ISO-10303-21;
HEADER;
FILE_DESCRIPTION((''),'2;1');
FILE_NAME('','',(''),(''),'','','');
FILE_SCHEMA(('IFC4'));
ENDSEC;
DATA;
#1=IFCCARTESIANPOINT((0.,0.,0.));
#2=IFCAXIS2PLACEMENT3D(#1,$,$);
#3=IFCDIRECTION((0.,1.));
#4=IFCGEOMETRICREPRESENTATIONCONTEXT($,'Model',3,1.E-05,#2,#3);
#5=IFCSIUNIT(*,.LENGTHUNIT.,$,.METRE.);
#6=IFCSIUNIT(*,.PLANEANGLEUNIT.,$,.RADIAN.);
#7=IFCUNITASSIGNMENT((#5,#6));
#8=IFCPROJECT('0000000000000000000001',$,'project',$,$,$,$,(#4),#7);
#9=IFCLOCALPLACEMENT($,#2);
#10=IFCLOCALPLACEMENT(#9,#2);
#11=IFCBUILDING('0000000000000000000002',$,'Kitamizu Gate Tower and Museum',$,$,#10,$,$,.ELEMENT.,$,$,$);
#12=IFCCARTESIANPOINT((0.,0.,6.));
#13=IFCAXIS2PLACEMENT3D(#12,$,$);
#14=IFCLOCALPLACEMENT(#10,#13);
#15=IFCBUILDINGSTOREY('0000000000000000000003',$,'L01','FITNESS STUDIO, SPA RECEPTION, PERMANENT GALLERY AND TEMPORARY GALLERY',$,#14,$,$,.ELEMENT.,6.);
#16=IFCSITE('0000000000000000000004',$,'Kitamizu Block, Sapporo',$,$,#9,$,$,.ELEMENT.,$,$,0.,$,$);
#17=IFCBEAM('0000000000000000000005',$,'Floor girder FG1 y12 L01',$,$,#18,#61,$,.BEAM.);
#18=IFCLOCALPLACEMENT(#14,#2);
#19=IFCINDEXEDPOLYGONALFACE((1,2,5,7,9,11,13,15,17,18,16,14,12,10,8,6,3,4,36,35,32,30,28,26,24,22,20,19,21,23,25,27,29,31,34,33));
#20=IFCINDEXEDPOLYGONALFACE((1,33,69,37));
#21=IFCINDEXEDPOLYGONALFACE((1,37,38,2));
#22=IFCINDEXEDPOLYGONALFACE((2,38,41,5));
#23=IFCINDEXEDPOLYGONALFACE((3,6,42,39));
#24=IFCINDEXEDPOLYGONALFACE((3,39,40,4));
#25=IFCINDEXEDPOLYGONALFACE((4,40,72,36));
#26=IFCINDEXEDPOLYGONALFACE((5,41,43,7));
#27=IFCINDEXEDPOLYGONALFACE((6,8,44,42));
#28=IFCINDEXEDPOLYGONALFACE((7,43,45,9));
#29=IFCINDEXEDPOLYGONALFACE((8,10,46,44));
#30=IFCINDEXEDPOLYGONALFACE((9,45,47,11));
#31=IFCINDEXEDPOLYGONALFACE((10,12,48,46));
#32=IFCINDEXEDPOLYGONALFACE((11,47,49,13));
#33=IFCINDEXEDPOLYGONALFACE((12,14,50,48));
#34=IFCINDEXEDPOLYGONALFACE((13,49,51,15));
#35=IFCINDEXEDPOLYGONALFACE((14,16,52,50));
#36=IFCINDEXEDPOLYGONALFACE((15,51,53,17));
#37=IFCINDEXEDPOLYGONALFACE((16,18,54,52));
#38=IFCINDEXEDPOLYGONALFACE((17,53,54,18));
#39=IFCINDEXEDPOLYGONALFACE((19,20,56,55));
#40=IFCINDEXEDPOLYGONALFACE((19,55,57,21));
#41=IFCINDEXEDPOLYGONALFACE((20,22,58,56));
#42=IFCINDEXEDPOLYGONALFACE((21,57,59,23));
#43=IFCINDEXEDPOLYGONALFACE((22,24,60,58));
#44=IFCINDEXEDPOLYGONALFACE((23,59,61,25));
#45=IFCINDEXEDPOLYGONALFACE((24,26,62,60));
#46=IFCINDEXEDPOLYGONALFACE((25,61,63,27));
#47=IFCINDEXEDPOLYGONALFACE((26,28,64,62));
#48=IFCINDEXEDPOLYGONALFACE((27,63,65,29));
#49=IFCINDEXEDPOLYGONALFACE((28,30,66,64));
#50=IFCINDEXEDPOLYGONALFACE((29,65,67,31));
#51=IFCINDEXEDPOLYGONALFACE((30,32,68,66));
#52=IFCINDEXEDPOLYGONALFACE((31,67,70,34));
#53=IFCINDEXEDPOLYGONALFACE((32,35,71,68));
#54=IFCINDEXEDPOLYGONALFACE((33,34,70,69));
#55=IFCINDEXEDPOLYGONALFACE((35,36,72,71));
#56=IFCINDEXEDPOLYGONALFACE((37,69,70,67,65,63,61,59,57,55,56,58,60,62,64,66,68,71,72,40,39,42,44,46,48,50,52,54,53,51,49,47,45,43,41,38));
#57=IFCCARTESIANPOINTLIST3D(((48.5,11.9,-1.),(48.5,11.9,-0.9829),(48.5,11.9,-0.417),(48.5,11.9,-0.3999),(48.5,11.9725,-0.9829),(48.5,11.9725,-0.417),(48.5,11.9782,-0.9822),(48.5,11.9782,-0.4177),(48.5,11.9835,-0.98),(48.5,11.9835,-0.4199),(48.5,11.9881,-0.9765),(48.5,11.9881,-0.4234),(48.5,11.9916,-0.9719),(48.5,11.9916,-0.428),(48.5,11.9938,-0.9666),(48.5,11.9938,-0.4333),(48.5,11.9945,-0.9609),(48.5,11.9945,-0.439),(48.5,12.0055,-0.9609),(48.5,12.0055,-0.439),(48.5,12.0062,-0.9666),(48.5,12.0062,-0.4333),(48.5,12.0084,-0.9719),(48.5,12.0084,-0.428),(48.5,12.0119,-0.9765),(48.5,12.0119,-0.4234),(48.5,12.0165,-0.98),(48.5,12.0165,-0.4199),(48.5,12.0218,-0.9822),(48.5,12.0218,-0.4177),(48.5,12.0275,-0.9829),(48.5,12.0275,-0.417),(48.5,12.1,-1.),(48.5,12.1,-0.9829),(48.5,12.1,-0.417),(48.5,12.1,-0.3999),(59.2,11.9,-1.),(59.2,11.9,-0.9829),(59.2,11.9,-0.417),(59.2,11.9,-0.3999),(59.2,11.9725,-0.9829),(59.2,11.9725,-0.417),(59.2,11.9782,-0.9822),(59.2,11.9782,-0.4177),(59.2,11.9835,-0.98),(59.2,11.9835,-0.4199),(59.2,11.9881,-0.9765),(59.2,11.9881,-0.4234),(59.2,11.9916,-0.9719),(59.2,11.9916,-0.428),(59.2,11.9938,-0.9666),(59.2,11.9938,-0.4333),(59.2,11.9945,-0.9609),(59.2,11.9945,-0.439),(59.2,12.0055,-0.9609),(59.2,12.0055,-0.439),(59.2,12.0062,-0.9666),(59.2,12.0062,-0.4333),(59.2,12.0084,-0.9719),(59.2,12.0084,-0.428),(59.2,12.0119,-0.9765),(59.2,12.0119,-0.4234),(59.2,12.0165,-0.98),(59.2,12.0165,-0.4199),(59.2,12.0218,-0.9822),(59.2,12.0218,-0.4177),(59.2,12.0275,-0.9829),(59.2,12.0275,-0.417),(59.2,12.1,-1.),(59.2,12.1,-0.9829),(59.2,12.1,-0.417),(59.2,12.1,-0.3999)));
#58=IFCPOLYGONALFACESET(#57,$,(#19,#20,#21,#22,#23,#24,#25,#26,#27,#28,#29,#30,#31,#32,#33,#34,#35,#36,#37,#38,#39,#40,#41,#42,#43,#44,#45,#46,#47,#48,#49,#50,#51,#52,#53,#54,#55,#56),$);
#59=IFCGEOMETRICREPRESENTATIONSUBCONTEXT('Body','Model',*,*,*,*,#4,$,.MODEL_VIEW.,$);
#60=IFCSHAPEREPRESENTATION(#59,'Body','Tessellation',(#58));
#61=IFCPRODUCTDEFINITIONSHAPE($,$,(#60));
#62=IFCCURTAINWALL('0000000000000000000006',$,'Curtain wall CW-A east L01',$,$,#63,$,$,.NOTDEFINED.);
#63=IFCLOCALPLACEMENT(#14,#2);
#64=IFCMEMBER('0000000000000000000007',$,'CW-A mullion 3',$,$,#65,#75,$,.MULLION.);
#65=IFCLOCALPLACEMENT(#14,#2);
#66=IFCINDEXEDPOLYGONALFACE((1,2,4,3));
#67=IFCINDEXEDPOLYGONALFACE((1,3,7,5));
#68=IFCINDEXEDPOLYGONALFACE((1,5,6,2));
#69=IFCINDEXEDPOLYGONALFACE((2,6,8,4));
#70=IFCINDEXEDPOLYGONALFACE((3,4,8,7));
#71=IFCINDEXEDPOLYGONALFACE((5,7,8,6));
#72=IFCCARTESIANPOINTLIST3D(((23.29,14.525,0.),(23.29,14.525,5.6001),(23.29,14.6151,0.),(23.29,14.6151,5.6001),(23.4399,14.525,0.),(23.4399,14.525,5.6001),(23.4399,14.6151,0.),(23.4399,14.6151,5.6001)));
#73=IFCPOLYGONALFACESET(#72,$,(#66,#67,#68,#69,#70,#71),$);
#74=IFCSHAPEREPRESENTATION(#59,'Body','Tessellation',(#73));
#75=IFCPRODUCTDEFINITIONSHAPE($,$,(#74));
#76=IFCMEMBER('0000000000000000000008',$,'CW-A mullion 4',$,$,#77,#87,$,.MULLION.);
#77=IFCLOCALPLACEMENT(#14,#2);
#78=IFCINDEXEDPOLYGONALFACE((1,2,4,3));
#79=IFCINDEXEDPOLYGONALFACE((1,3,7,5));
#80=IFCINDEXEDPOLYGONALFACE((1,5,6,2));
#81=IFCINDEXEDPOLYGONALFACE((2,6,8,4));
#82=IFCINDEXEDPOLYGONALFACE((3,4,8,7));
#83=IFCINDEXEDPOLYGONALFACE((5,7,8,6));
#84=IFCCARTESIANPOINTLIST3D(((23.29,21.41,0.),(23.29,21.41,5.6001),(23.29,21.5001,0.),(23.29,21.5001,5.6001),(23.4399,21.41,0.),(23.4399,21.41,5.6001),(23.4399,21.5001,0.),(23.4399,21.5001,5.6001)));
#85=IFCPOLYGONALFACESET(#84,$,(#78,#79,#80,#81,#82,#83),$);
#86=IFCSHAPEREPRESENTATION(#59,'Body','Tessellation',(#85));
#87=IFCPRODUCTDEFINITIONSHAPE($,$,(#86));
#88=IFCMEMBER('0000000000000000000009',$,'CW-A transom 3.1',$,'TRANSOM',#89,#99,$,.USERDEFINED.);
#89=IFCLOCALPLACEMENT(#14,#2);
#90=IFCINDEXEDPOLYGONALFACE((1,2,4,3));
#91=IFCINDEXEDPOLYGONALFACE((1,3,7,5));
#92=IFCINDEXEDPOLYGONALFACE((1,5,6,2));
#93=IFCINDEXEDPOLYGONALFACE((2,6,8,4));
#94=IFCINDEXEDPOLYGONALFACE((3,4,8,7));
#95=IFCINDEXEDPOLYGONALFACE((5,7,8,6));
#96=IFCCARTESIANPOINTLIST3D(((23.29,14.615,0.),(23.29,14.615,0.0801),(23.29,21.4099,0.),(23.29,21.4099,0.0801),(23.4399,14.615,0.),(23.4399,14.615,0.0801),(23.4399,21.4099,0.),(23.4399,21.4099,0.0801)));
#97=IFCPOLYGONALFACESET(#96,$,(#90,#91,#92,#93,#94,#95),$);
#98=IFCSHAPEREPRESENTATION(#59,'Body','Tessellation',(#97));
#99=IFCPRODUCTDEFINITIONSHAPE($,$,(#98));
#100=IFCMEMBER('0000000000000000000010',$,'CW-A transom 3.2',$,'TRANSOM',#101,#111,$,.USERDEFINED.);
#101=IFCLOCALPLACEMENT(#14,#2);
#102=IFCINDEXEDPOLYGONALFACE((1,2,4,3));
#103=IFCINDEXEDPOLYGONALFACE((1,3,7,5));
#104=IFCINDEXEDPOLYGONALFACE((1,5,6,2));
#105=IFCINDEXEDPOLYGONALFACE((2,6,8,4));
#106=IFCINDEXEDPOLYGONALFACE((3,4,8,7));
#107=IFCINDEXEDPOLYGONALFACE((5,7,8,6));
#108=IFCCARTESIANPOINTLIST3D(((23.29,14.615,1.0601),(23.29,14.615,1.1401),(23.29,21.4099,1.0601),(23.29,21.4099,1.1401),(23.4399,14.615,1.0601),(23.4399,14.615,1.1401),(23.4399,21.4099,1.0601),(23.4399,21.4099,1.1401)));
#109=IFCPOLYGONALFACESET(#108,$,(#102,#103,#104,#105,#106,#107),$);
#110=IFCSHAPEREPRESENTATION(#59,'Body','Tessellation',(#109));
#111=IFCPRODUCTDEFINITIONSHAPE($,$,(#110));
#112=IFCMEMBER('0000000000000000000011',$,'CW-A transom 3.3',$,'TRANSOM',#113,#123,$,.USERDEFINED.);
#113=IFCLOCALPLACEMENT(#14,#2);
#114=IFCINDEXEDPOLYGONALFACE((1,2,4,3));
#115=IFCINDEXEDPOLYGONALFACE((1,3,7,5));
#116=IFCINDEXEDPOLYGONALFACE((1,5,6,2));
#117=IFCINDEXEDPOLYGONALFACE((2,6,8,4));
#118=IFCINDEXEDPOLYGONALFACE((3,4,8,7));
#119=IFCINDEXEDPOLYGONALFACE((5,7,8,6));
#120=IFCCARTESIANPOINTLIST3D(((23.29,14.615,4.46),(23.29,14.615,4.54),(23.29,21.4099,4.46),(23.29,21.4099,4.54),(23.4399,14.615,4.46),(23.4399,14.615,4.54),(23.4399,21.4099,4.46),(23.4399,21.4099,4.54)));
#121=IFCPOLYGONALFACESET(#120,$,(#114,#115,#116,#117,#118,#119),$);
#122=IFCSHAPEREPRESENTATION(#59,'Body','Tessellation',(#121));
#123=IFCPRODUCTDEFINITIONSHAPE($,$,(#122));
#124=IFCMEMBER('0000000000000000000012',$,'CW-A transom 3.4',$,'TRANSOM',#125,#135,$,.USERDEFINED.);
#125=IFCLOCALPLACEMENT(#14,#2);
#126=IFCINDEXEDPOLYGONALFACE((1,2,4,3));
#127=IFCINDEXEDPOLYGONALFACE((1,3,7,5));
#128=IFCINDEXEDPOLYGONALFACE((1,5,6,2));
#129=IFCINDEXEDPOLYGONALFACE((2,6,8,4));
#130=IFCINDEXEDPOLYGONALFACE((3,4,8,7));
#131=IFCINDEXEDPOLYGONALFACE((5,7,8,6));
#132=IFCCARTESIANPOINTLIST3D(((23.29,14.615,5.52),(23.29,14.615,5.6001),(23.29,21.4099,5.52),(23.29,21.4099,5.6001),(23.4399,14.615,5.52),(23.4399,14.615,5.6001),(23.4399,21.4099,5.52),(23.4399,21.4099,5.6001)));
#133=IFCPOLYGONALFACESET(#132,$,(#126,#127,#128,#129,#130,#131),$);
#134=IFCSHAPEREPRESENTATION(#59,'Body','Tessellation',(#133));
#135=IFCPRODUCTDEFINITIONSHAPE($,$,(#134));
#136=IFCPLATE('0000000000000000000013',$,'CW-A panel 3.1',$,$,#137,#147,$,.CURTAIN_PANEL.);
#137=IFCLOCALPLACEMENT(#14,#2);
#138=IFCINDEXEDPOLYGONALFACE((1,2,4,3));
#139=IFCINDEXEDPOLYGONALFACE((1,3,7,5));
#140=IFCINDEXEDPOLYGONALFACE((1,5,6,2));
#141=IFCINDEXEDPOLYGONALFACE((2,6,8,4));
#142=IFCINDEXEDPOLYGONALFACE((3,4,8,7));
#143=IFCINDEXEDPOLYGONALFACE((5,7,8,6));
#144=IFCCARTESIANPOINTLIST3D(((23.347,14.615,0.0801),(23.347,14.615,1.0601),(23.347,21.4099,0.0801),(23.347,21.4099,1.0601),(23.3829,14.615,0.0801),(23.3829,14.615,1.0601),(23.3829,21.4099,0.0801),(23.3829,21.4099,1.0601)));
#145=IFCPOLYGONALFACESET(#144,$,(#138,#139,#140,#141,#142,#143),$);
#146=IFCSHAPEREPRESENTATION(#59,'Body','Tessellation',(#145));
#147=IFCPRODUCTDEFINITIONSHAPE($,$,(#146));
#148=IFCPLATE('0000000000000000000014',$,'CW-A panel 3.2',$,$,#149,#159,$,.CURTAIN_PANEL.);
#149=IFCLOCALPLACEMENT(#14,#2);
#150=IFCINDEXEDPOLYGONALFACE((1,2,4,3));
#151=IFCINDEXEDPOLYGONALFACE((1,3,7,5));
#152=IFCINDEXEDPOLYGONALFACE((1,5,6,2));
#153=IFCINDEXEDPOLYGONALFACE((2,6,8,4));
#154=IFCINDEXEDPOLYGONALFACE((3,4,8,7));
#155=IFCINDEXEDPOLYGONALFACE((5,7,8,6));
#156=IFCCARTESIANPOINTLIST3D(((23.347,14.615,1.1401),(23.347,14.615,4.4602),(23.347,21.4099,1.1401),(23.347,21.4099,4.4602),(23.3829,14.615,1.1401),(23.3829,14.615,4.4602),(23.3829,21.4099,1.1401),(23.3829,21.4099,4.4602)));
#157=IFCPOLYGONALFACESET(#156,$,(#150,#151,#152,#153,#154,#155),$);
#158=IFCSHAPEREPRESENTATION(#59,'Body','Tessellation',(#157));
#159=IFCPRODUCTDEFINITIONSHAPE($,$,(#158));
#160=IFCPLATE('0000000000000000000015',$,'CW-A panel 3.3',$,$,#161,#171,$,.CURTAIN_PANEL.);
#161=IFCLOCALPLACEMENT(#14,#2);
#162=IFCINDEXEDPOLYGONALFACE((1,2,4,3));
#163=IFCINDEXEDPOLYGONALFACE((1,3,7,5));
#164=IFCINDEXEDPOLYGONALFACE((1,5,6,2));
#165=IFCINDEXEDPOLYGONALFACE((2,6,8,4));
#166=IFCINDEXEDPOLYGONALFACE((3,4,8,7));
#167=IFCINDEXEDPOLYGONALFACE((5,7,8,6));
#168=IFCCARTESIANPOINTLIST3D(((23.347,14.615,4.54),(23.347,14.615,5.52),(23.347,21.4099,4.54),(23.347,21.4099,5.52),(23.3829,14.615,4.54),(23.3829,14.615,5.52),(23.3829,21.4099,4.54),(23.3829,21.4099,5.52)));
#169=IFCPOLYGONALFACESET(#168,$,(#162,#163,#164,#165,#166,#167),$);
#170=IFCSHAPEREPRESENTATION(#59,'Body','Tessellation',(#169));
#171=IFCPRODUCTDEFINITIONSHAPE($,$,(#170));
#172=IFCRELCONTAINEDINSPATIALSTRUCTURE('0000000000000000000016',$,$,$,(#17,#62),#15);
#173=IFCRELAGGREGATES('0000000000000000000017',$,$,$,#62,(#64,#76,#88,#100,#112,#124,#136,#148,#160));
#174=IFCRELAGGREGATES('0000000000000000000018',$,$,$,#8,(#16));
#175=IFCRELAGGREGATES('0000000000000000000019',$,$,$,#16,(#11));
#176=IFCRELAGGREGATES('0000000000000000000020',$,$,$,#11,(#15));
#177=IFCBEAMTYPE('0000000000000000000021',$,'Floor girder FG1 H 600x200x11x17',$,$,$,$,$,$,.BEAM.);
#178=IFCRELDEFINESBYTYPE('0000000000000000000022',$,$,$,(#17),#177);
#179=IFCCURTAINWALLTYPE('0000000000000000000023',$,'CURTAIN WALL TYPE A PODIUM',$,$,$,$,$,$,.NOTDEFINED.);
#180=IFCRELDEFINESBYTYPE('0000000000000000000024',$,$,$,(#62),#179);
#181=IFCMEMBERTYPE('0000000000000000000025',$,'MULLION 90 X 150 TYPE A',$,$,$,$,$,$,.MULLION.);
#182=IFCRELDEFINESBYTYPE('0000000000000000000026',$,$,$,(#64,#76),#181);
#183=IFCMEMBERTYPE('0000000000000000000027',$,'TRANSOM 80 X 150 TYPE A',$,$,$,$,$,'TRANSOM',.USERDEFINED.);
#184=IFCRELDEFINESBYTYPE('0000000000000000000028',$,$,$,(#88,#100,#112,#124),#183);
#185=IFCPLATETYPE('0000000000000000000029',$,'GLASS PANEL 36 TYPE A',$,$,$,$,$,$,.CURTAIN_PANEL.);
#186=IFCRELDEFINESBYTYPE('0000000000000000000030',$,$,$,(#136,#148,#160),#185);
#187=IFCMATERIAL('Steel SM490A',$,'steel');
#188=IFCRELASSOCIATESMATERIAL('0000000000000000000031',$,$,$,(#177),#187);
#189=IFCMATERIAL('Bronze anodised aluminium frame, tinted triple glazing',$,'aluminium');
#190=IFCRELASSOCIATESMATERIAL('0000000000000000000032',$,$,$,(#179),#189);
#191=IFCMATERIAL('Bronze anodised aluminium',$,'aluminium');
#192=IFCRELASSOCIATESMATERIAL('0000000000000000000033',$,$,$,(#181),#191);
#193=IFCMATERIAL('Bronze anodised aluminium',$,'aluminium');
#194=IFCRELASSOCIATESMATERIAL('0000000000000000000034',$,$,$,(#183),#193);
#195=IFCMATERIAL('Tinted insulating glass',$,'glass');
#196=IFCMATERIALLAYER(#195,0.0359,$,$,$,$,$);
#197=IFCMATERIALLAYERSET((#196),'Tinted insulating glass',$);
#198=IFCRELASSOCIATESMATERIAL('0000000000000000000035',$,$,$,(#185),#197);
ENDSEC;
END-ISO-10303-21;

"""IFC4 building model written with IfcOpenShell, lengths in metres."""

from ifc_helpers import new_model, si_unit, direction, frame, origin, origin_2d, place, context, subcontext, project, spatial, rectangle, i_section, extrude, material, layer, layer_set, material_profile, profile_set, type_object, element, aggregate, save


model = new_model("IFC4")

# Units and contexts
model_context = context("Model", 3, precision=1e-05, world=origin(), true_north=direction((0.0, 1.0)))
body_context = subcontext(model_context, "Body", "Model", "MODEL_VIEW")
ifc_project = project(units=[si_unit("LENGTHUNIT", "METRE"), si_unit("PLANEANGLEUNIT", "RADIAN")], contexts=[model_context])

# Site, building, storey
site_placement = place(None, origin())
site = spatial("IfcSite", under=ifc_project, at=site_placement, Name="Kitamizu Block, Sapporo", CompositionType="ELEMENT", RefElevation=0.0)
building_placement = place(site_placement, origin())
building = spatial("IfcBuilding", under=site, at=building_placement, Name="Kitamizu Gate Tower and Museum", CompositionType="ELEMENT")
storey_placement = place(building_placement, frame((0.0, 0.0, 6.0)))
storey = spatial("IfcBuildingStorey", under=building, at=storey_placement, Name="L01", Description="FITNESS STUDIO, SPA RECEPTION, PERMANENT GALLERY AND TEMPORARY GALLERY", CompositionType="ELEMENT", Elevation=6.0)

# Beam
ifc_material_1 = material(Name="Steel SM490A", Category="steel")
ifc_material_profile_1 = material_profile(ifc_material_1, i_section(OverallWidth=0.2, OverallDepth=0.6001, WebThickness=0.011, FlangeThickness=0.0171, FilletRadius=0.022, at=origin_2d()), Name="H-600x200x11x17")
ifc_profile_set_1 = profile_set([ifc_material_profile_1], Name="Steel SM490A")
beam_type = type_object("IfcBeamType", Name="Floor girder FG1 H 600x200x11x17", PredefinedType="BEAM", material=ifc_profile_set_1)
beam_placement = place(storey_placement, frame((48.5, 12.0, -0.7), z_axis=(1.0, 0.0, 0.0), x_axis=(0.0, 1.0, 0.0)))
element("IfcBeam", 1, at=beam_placement, inside=storey, type_object=beam_type, Name="Floor girder FG1 y12 L01", PredefinedType="BEAM", context=body_context, shape_type="SweptSolid", body=[
    extrude(i_section(OverallWidth=0.2, OverallDepth=0.6001, WebThickness=0.011, FlangeThickness=0.0171, FilletRadius=0.022, at=origin_2d()), origin(), (0.0, 0.0, 1.0), 10.7),
])

# Curtain wall, members, plates
ifc_material_2 = material(Name="Bronze anodised aluminium frame, tinted triple glazing", Category="aluminium")
curtain_wall_type = type_object("IfcCurtainWallType", Name="CURTAIN WALL TYPE A PODIUM", PredefinedType="NOTDEFINED", material=ifc_material_2)
curtain_wall_placement = place(storey_placement, origin())
curtain_wall = element("IfcCurtainWall", 2, at=curtain_wall_placement, inside=storey, type_object=curtain_wall_type, Name="Curtain wall CW-A east L01", PredefinedType="NOTDEFINED")
ifc_material_3 = material(Name="Bronze anodised aluminium", Category="aluminium")
ifc_material_profile_2 = material_profile(ifc_material_3, rectangle(XDim=0.0901, YDim=0.1499, at=origin_2d()), Name="AL 90X150")
ifc_profile_set_2 = profile_set([ifc_material_profile_2], Name="Bronze anodised aluminium")
member_type_1 = type_object("IfcMemberType", Name="MULLION 90 X 150 TYPE A", PredefinedType="MULLION", material=ifc_profile_set_2)
member_1_placement = place(storey_placement, frame((23.365, 14.5701, 0.0), z_axis=(0.0, 0.0, 1.0), x_axis=(0.0, 1.0, 0.0)))
member_1 = element("IfcMember", 3, at=member_1_placement, type_object=member_type_1, Name="CW-A mullion 3", PredefinedType="MULLION", context=body_context, shape_type="SweptSolid", body=[
    extrude(rectangle(XDim=0.0901, YDim=0.1499, at=origin_2d()), origin(), (0.0, 0.0, 1.0), 5.6001),
])
member_2_placement = place(storey_placement, frame((23.365, 21.4551, 0.0), z_axis=(0.0, 0.0, 1.0), x_axis=(0.0, 1.0, 0.0)))
member_2 = element("IfcMember", 4, at=member_2_placement, type_object=member_type_1, Name="CW-A mullion 4", PredefinedType="MULLION", context=body_context, shape_type="SweptSolid", body=[
    extrude(rectangle(XDim=0.0901, YDim=0.1499, at=origin_2d()), origin(), (0.0, 0.0, 1.0), 5.6001),
])
ifc_material_4 = material(Name="Bronze anodised aluminium", Category="aluminium")
ifc_material_profile_3 = material_profile(ifc_material_4, rectangle(XDim=0.1499, YDim=0.0801, at=origin_2d()), Name="AL 80X150")
ifc_profile_set_3 = profile_set([ifc_material_profile_3], Name="Bronze anodised aluminium")
member_type_2 = type_object("IfcMemberType", Name="TRANSOM 80 X 150 TYPE A", ElementType="TRANSOM", PredefinedType="USERDEFINED", material=ifc_profile_set_3)
member_3_placement = place(storey_placement, frame((23.365, 14.615, 0.04), z_axis=(0.0, 1.0, 0.0), x_axis=(-1.0, 0.0, 0.0)))
member_3 = element("IfcMember", 5, at=member_3_placement, type_object=member_type_2, Name="CW-A transom 3.1", ObjectType="TRANSOM", PredefinedType="USERDEFINED", context=body_context, shape_type="SweptSolid", body=[
    extrude(rectangle(XDim=0.1499, YDim=0.0801, at=origin_2d()), origin(), (0.0, 0.0, 1.0), 6.7949),
])
member_4_placement = place(storey_placement, frame((23.365, 14.615, 1.1001), z_axis=(0.0, 1.0, 0.0), x_axis=(-1.0, 0.0, 0.0)))
member_4 = element("IfcMember", 6, at=member_4_placement, type_object=member_type_2, Name="CW-A transom 3.2", ObjectType="TRANSOM", PredefinedType="USERDEFINED", context=body_context, shape_type="SweptSolid", body=[
    extrude(rectangle(XDim=0.1499, YDim=0.0801, at=origin_2d()), origin(), (0.0, 0.0, 1.0), 6.7949),
])
member_5_placement = place(storey_placement, frame((23.365, 14.615, 4.5), z_axis=(0.0, 1.0, 0.0), x_axis=(-1.0, 0.0, 0.0)))
member_5 = element("IfcMember", 7, at=member_5_placement, type_object=member_type_2, Name="CW-A transom 3.3", ObjectType="TRANSOM", PredefinedType="USERDEFINED", context=body_context, shape_type="SweptSolid", body=[
    extrude(rectangle(XDim=0.1499, YDim=0.0801, at=origin_2d()), origin(), (0.0, 0.0, 1.0), 6.7949),
])
member_6_placement = place(storey_placement, frame((23.365, 14.615, 5.5601), z_axis=(0.0, 1.0, 0.0), x_axis=(-1.0, 0.0, 0.0)))
member_6 = element("IfcMember", 8, at=member_6_placement, type_object=member_type_2, Name="CW-A transom 3.4", ObjectType="TRANSOM", PredefinedType="USERDEFINED", context=body_context, shape_type="SweptSolid", body=[
    extrude(rectangle(XDim=0.1499, YDim=0.0801, at=origin_2d()), origin(), (0.0, 0.0, 1.0), 6.7949),
])
ifc_material_5 = material(Name="Tinted insulating glass", Category="glass")
ifc_layer_1 = layer(ifc_material_5, 0.0359)
ifc_layer_set_1 = layer_set([ifc_layer_1], Name="Tinted insulating glass")
plate_type = type_object("IfcPlateType", Name="GLASS PANEL 36 TYPE A", PredefinedType="CURTAIN_PANEL", material=ifc_layer_set_1)
plate_1_placement = place(storey_placement, frame((23.365, 18.0125, 0.0801), z_axis=(0.0, 0.0, 1.0), x_axis=(0.0, 1.0, 0.0)))
plate_1 = element("IfcPlate", 9, at=plate_1_placement, type_object=plate_type, Name="CW-A panel 3.1", PredefinedType="CURTAIN_PANEL", context=body_context, shape_type="SweptSolid", body=[
    extrude(rectangle(XDim=6.7949, YDim=0.0359, at=origin_2d()), origin(), (0.0, 0.0, 1.0), 0.98),
])
plate_2_placement = place(storey_placement, frame((23.365, 18.0125, 1.1401), z_axis=(0.0, 0.0, 1.0), x_axis=(0.0, 1.0, 0.0)))
plate_2 = element("IfcPlate", 10, at=plate_2_placement, type_object=plate_type, Name="CW-A panel 3.2", PredefinedType="CURTAIN_PANEL", context=body_context, shape_type="SweptSolid", body=[
    extrude(rectangle(XDim=6.7949, YDim=0.0359, at=origin_2d()), origin(), (0.0, 0.0, 1.0), 3.3201),
])
plate_3_placement = place(storey_placement, frame((23.365, 18.0125, 4.54), z_axis=(0.0, 0.0, 1.0), x_axis=(0.0, 1.0, 0.0)))
plate_3 = element("IfcPlate", 11, at=plate_3_placement, type_object=plate_type, Name="CW-A panel 3.3", PredefinedType="CURTAIN_PANEL", context=body_context, shape_type="SweptSolid", body=[
    extrude(rectangle(XDim=6.7949, YDim=0.0359, at=origin_2d()), origin(), (0.0, 0.0, 1.0), 0.98),
])
aggregate(curtain_wall, [member_1, member_2, member_3, member_4, member_5, member_6, plate_1, plate_2, plate_3])

save(model, "model.ifc")
